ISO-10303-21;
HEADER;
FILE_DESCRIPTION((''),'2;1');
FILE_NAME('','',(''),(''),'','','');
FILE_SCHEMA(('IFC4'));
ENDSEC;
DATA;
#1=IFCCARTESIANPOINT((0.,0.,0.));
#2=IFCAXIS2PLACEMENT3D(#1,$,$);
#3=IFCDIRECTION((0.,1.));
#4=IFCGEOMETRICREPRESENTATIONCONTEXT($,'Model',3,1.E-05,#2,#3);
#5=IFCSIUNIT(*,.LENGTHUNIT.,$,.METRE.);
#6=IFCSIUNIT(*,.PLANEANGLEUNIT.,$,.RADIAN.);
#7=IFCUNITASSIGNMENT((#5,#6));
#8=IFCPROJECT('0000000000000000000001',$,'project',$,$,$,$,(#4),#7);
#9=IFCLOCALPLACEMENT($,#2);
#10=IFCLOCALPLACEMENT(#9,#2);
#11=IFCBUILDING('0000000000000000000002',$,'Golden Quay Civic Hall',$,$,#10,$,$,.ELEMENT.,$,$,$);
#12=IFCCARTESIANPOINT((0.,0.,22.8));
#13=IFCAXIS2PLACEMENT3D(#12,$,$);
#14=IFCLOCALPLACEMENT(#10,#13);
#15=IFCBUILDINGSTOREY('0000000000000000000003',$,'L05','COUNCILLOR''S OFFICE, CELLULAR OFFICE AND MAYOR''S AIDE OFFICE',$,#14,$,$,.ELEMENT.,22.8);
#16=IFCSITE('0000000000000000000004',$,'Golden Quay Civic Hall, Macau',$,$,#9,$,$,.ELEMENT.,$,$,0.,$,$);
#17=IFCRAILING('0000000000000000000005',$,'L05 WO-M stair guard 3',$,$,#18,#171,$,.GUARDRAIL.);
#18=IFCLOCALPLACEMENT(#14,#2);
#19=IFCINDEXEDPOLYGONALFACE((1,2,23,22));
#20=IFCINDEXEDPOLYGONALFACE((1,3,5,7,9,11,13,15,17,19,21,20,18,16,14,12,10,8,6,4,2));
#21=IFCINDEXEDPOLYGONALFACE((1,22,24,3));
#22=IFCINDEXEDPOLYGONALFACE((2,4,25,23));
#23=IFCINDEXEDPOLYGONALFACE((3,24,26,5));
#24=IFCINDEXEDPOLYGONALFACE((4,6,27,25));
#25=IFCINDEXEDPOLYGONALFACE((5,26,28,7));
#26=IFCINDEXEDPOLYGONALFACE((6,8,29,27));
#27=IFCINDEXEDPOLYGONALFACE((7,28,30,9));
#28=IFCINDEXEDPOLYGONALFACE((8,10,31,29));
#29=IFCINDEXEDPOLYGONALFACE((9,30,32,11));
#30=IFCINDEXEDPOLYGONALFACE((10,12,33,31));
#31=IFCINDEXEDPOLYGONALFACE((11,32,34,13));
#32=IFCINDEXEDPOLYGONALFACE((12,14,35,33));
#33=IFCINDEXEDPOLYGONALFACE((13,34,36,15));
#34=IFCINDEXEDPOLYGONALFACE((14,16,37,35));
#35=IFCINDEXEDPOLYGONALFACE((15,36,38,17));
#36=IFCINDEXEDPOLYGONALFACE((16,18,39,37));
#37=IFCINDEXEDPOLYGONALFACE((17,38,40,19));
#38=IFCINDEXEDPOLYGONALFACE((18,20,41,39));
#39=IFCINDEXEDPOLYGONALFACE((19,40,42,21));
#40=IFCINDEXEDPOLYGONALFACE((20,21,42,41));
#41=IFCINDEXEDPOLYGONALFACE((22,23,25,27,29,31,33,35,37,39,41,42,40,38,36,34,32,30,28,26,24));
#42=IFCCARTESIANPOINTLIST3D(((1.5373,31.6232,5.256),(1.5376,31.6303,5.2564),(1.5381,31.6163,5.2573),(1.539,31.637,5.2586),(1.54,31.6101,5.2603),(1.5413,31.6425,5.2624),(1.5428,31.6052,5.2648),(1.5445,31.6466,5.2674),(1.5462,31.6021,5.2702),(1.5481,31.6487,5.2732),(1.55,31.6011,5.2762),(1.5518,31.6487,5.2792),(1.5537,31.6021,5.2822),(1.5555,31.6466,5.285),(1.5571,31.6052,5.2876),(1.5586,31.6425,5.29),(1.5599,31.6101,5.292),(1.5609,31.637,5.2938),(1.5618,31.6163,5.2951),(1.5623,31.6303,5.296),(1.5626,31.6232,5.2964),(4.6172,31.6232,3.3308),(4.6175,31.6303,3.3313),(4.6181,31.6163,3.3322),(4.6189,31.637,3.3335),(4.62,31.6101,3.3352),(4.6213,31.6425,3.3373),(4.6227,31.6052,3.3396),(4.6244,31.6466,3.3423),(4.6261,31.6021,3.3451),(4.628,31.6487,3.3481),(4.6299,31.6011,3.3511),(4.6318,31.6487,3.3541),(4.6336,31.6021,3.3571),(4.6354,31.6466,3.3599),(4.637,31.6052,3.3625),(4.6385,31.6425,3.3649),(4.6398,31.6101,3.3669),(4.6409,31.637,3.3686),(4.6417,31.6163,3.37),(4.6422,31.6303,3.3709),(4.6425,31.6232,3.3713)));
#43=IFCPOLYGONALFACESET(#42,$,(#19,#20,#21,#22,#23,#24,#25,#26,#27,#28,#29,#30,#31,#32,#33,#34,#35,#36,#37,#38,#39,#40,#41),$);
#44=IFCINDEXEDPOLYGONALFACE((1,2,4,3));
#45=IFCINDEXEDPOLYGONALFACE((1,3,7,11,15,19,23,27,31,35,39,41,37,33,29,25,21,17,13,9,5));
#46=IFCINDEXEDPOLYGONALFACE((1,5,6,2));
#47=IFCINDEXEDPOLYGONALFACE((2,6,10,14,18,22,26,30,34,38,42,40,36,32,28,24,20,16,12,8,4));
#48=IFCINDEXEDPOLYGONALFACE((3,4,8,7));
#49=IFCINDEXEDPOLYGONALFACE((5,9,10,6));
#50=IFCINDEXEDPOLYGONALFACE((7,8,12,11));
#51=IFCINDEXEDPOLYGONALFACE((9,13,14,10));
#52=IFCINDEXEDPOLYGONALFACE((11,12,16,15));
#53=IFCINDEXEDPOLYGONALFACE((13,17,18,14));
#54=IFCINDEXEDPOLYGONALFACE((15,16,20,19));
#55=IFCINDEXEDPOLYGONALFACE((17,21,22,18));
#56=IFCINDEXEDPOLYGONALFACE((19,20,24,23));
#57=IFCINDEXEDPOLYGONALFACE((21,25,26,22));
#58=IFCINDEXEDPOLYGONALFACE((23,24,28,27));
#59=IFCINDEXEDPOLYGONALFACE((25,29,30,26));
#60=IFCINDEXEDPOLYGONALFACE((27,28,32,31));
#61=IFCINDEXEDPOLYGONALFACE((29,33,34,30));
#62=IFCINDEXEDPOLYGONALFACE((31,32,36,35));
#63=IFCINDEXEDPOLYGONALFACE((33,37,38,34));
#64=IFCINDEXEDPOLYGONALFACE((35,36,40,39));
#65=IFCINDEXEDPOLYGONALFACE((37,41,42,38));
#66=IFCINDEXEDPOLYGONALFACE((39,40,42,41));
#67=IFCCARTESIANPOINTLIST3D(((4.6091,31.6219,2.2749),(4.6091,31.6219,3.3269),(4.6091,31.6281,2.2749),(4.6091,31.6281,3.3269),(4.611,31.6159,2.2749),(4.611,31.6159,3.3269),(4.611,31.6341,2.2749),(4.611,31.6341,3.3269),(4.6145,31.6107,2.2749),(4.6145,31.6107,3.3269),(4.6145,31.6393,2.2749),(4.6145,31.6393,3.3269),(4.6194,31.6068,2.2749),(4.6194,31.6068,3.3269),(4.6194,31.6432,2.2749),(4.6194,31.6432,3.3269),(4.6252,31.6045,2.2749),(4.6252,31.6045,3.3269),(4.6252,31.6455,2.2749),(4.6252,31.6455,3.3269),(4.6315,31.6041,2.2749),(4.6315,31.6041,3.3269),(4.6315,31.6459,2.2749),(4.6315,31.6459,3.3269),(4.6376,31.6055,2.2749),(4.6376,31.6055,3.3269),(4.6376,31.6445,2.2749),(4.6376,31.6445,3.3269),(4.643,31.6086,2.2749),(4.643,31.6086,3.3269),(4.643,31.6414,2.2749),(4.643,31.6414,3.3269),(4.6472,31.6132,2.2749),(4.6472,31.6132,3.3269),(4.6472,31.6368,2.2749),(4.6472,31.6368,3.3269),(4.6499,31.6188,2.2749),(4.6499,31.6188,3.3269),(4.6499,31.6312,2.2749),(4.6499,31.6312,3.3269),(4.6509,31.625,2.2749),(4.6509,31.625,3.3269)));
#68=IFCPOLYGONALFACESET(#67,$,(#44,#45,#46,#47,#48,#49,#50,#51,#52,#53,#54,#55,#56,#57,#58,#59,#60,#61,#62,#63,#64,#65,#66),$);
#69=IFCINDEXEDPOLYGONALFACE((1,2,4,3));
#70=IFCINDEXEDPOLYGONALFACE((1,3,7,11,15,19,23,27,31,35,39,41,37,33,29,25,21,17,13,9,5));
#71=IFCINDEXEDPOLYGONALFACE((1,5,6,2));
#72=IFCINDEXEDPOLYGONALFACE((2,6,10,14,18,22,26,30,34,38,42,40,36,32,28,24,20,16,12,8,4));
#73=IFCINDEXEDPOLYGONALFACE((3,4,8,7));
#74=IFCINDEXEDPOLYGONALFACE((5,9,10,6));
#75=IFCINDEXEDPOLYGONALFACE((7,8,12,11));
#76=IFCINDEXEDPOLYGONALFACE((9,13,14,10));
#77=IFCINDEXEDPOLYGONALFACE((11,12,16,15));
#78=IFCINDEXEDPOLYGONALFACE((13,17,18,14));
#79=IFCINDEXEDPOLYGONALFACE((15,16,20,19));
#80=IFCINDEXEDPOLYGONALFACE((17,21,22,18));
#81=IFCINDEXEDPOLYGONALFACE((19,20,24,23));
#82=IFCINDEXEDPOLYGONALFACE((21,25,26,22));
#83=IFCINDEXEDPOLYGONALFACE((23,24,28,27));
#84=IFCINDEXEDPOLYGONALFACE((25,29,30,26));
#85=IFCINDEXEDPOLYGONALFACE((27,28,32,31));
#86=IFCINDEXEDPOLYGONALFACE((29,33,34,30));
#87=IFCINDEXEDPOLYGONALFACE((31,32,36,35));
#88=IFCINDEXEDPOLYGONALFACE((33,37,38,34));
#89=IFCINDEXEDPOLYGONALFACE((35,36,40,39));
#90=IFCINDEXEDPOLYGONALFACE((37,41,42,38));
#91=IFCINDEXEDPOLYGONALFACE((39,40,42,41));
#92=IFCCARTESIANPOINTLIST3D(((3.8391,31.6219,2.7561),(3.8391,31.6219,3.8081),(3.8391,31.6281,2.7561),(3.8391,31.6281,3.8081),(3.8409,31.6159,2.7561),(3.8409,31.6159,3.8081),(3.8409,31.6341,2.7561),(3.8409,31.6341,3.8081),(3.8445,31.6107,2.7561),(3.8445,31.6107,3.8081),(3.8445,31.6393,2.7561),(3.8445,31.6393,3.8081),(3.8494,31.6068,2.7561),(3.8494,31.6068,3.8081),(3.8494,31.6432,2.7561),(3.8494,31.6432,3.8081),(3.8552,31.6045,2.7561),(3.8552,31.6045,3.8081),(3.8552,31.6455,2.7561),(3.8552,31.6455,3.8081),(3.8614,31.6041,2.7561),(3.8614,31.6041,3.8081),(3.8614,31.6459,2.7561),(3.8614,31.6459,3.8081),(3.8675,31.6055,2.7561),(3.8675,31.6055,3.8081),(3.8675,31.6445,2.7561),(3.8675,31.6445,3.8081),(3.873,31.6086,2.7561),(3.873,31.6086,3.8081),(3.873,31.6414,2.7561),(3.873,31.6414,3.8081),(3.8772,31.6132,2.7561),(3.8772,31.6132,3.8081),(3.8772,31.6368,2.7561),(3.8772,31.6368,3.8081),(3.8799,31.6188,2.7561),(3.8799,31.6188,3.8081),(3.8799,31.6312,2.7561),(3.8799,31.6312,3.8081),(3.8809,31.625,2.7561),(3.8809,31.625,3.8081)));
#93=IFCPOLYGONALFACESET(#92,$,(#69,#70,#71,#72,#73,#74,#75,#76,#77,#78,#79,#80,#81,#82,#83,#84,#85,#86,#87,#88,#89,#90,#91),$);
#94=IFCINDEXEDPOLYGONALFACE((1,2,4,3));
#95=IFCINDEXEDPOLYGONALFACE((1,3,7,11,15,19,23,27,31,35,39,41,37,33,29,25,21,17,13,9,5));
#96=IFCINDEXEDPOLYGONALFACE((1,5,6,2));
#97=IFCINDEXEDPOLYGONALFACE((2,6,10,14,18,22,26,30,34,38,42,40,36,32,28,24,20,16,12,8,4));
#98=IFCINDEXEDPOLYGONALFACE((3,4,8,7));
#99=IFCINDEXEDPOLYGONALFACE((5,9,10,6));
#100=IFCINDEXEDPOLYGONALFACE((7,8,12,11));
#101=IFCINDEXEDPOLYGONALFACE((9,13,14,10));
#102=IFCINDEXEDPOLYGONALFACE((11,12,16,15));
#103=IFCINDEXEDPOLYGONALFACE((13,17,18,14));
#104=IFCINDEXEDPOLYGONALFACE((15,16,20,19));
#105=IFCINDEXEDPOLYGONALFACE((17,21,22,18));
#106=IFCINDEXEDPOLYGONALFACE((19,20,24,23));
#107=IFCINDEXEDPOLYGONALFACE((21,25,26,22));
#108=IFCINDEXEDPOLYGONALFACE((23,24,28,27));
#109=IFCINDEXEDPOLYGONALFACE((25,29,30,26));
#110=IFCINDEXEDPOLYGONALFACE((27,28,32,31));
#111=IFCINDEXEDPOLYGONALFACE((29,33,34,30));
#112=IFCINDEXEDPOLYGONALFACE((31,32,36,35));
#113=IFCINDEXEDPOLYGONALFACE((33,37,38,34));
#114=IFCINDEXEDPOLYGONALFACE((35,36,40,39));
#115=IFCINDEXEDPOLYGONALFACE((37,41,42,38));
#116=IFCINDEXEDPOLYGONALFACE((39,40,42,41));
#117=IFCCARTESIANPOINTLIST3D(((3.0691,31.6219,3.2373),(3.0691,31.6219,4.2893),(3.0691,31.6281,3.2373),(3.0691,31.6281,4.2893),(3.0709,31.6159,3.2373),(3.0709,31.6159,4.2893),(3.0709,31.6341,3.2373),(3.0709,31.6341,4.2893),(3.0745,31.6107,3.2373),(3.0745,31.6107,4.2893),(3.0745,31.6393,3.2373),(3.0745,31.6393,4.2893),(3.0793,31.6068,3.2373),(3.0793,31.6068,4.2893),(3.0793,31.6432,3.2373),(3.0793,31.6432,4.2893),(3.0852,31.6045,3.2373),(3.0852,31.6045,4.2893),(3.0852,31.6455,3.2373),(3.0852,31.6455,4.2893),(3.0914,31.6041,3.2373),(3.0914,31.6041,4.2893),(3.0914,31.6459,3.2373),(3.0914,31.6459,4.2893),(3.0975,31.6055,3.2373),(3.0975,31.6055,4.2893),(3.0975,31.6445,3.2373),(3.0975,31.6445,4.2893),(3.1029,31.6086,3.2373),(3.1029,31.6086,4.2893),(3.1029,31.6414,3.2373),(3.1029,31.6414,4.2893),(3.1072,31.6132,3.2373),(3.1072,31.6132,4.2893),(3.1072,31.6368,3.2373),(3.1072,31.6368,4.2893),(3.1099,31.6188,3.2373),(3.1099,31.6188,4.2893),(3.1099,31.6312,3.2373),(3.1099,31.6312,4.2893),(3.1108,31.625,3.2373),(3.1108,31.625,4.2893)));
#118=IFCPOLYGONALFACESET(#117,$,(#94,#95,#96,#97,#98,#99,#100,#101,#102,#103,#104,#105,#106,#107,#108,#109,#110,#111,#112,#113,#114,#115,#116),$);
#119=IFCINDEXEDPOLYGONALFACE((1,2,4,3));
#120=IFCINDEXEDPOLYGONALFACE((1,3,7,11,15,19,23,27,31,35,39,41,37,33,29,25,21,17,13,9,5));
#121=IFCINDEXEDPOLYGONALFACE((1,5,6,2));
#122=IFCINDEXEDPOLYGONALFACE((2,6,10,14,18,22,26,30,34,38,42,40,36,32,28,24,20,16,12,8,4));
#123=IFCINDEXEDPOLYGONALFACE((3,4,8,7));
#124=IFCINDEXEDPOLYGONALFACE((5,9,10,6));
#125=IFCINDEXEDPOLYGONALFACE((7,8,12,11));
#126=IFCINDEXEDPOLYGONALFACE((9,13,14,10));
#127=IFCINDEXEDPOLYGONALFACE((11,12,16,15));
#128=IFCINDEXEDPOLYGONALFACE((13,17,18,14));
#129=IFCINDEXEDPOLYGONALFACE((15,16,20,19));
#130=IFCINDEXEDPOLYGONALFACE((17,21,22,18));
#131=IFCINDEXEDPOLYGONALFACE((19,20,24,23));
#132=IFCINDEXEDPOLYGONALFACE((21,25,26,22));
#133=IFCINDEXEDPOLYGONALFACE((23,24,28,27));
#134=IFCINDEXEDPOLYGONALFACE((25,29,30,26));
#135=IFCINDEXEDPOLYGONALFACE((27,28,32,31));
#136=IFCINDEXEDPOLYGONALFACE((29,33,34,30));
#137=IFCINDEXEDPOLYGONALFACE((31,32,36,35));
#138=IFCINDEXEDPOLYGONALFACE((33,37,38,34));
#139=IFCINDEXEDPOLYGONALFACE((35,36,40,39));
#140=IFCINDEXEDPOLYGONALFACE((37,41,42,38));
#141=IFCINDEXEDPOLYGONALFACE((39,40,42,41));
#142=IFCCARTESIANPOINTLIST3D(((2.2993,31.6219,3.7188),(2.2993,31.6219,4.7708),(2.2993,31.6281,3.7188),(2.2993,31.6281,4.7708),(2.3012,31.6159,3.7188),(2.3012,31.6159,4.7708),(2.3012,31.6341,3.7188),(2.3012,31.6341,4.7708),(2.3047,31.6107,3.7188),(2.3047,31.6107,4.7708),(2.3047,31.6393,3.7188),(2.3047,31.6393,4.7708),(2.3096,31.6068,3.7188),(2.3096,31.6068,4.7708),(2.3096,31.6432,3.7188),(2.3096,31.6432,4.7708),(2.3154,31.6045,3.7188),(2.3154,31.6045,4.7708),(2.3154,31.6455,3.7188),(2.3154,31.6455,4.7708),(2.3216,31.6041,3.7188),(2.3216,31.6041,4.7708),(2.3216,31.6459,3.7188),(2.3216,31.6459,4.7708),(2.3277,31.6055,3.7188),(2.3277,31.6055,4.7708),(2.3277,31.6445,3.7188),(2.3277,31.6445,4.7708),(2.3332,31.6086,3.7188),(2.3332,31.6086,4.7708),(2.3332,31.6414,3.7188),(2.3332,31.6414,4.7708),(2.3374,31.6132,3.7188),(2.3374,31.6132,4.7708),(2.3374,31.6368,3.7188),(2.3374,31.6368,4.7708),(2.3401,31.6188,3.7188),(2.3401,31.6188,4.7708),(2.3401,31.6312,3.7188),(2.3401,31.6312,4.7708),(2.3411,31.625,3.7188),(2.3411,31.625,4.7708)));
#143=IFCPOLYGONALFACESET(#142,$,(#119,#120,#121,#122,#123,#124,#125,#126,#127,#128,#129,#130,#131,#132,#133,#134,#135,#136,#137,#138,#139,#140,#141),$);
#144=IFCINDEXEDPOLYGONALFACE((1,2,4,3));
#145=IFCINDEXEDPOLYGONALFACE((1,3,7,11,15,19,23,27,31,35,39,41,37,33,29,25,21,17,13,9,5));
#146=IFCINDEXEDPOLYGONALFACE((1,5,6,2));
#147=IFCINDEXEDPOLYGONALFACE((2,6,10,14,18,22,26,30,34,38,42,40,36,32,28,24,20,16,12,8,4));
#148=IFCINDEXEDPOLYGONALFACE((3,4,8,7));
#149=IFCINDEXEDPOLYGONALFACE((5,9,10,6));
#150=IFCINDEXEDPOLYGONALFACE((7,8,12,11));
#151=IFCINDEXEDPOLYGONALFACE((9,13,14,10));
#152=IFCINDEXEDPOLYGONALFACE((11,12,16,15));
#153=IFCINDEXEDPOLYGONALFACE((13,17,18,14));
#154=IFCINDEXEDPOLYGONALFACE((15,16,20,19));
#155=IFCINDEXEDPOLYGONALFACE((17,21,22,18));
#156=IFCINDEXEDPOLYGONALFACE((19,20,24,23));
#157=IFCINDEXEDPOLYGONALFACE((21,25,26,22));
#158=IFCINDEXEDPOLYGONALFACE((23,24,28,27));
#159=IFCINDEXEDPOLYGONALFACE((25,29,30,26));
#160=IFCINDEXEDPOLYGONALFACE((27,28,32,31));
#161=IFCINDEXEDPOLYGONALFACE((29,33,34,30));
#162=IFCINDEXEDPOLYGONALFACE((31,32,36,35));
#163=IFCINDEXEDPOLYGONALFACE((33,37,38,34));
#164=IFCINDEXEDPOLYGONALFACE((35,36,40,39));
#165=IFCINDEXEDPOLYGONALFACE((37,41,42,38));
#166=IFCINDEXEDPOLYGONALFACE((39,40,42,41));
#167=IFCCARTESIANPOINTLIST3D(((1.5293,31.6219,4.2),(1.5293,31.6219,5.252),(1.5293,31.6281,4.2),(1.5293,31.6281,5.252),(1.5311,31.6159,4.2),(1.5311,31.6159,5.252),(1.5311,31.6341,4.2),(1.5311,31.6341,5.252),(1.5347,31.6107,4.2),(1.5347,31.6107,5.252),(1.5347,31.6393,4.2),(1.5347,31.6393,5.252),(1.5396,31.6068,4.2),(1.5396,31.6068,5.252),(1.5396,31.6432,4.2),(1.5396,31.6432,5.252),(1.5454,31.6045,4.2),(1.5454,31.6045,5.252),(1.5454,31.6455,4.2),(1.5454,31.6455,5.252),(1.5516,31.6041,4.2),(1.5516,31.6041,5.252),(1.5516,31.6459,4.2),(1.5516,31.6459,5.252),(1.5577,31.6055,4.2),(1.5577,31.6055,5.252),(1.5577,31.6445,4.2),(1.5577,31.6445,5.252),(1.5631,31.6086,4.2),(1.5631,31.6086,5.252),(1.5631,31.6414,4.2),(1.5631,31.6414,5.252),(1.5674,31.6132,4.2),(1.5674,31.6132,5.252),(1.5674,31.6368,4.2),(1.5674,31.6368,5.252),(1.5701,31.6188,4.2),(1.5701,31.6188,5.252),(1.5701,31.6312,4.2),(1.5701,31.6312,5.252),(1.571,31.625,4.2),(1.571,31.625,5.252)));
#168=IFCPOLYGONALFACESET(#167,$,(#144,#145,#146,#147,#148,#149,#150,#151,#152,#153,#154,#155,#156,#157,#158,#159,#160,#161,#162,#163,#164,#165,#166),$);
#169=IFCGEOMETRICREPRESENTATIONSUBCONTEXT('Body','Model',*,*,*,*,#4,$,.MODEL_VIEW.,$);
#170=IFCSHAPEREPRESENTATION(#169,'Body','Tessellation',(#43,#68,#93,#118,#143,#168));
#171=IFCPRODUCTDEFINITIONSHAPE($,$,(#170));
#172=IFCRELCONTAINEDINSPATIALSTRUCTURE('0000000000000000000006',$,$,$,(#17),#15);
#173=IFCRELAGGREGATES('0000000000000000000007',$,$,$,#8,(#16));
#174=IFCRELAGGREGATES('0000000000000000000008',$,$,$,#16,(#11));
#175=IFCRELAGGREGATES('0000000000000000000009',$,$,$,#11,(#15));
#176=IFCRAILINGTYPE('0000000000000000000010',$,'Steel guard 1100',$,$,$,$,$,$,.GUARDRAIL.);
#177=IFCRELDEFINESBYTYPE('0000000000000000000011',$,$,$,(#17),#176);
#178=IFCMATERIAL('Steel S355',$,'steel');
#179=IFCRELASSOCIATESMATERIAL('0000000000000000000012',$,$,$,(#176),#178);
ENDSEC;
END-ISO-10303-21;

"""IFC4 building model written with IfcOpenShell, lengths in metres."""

from ifc_helpers import new_model, si_unit, direction, frame, origin, origin_2d, place, context, subcontext, project, spatial, circle, extrude, material, type_object, element, save


model = new_model("IFC4")

# Units and contexts
model_context = context("Model", 3, precision=1e-05, world=origin(), true_north=direction((0.0, 1.0)))
body_context = subcontext(model_context, "Body", "Model", "MODEL_VIEW")
ifc_project = project(units=[si_unit("LENGTHUNIT", "METRE"), si_unit("PLANEANGLEUNIT", "RADIAN")], contexts=[model_context])

# Site, building, storey
site_placement = place(None, origin())
site = spatial("IfcSite", under=ifc_project, at=site_placement, Name="Golden Quay Civic Hall, Macau", CompositionType="ELEMENT", RefElevation=0.0)
building_placement = place(site_placement, origin())
building = spatial("IfcBuilding", under=site, at=building_placement, Name="Golden Quay Civic Hall", CompositionType="ELEMENT")
storey_placement = place(building_placement, frame((0.0, 0.0, 22.8)))
storey = spatial("IfcBuildingStorey", under=building, at=storey_placement, Name="L05", Description="COUNCILLOR'S OFFICE, CELLULAR OFFICE AND MAYOR'S AIDE OFFICE", CompositionType="ELEMENT", Elevation=22.8)

# Railing
ifc_material_1 = material(Name="Steel S355", Category="steel")
railing_type_1 = type_object("IfcRailingType", Name="Steel guard 1100", PredefinedType="GUARDRAIL", material=ifc_material_1)
railing_1_placement = place(storey_placement, frame((4.6299, 31.625, 2.2749)))
element("IfcRailing", 1, at=railing_1_placement, inside=storey, type_object=railing_type_1, Name="L05 WO-M stair guard 3", PredefinedType="GUARDRAIL", context=body_context, shape_type="SweptSolid", body=[
    extrude(circle(Radius=0.0239, at=origin_2d()), frame((0.0, 0.0, 1.0762), z_axis=(-0.847979, 0.0, 0.530029), x_axis=(0.0, -1.0, 0.0)), (0.0, 0.0, 1.0), 3.6321),
    extrude(circle(Radius=0.021, at=origin_2d()), origin(), (0.0, 0.0, 1.0), 1.052),
    extrude(circle(Radius=0.021, at=origin_2d()), frame((-0.77, 0.0, 0.4812)), (0.0, 0.0, 1.0), 1.052),
    extrude(circle(Radius=0.021, at=origin_2d()), frame((-1.54, 0.0, 0.9624)), (0.0, 0.0, 1.0), 1.052),
    extrude(circle(Radius=0.021, at=origin_2d()), frame((-2.3098, 0.0, 1.4438)), (0.0, 0.0, 1.0), 1.052),
    extrude(circle(Radius=0.021, at=origin_2d()), frame((-3.0798, 0.0, 1.925)), (0.0, 0.0, 1.0), 1.052),
])

save(model, "model.ifc")
